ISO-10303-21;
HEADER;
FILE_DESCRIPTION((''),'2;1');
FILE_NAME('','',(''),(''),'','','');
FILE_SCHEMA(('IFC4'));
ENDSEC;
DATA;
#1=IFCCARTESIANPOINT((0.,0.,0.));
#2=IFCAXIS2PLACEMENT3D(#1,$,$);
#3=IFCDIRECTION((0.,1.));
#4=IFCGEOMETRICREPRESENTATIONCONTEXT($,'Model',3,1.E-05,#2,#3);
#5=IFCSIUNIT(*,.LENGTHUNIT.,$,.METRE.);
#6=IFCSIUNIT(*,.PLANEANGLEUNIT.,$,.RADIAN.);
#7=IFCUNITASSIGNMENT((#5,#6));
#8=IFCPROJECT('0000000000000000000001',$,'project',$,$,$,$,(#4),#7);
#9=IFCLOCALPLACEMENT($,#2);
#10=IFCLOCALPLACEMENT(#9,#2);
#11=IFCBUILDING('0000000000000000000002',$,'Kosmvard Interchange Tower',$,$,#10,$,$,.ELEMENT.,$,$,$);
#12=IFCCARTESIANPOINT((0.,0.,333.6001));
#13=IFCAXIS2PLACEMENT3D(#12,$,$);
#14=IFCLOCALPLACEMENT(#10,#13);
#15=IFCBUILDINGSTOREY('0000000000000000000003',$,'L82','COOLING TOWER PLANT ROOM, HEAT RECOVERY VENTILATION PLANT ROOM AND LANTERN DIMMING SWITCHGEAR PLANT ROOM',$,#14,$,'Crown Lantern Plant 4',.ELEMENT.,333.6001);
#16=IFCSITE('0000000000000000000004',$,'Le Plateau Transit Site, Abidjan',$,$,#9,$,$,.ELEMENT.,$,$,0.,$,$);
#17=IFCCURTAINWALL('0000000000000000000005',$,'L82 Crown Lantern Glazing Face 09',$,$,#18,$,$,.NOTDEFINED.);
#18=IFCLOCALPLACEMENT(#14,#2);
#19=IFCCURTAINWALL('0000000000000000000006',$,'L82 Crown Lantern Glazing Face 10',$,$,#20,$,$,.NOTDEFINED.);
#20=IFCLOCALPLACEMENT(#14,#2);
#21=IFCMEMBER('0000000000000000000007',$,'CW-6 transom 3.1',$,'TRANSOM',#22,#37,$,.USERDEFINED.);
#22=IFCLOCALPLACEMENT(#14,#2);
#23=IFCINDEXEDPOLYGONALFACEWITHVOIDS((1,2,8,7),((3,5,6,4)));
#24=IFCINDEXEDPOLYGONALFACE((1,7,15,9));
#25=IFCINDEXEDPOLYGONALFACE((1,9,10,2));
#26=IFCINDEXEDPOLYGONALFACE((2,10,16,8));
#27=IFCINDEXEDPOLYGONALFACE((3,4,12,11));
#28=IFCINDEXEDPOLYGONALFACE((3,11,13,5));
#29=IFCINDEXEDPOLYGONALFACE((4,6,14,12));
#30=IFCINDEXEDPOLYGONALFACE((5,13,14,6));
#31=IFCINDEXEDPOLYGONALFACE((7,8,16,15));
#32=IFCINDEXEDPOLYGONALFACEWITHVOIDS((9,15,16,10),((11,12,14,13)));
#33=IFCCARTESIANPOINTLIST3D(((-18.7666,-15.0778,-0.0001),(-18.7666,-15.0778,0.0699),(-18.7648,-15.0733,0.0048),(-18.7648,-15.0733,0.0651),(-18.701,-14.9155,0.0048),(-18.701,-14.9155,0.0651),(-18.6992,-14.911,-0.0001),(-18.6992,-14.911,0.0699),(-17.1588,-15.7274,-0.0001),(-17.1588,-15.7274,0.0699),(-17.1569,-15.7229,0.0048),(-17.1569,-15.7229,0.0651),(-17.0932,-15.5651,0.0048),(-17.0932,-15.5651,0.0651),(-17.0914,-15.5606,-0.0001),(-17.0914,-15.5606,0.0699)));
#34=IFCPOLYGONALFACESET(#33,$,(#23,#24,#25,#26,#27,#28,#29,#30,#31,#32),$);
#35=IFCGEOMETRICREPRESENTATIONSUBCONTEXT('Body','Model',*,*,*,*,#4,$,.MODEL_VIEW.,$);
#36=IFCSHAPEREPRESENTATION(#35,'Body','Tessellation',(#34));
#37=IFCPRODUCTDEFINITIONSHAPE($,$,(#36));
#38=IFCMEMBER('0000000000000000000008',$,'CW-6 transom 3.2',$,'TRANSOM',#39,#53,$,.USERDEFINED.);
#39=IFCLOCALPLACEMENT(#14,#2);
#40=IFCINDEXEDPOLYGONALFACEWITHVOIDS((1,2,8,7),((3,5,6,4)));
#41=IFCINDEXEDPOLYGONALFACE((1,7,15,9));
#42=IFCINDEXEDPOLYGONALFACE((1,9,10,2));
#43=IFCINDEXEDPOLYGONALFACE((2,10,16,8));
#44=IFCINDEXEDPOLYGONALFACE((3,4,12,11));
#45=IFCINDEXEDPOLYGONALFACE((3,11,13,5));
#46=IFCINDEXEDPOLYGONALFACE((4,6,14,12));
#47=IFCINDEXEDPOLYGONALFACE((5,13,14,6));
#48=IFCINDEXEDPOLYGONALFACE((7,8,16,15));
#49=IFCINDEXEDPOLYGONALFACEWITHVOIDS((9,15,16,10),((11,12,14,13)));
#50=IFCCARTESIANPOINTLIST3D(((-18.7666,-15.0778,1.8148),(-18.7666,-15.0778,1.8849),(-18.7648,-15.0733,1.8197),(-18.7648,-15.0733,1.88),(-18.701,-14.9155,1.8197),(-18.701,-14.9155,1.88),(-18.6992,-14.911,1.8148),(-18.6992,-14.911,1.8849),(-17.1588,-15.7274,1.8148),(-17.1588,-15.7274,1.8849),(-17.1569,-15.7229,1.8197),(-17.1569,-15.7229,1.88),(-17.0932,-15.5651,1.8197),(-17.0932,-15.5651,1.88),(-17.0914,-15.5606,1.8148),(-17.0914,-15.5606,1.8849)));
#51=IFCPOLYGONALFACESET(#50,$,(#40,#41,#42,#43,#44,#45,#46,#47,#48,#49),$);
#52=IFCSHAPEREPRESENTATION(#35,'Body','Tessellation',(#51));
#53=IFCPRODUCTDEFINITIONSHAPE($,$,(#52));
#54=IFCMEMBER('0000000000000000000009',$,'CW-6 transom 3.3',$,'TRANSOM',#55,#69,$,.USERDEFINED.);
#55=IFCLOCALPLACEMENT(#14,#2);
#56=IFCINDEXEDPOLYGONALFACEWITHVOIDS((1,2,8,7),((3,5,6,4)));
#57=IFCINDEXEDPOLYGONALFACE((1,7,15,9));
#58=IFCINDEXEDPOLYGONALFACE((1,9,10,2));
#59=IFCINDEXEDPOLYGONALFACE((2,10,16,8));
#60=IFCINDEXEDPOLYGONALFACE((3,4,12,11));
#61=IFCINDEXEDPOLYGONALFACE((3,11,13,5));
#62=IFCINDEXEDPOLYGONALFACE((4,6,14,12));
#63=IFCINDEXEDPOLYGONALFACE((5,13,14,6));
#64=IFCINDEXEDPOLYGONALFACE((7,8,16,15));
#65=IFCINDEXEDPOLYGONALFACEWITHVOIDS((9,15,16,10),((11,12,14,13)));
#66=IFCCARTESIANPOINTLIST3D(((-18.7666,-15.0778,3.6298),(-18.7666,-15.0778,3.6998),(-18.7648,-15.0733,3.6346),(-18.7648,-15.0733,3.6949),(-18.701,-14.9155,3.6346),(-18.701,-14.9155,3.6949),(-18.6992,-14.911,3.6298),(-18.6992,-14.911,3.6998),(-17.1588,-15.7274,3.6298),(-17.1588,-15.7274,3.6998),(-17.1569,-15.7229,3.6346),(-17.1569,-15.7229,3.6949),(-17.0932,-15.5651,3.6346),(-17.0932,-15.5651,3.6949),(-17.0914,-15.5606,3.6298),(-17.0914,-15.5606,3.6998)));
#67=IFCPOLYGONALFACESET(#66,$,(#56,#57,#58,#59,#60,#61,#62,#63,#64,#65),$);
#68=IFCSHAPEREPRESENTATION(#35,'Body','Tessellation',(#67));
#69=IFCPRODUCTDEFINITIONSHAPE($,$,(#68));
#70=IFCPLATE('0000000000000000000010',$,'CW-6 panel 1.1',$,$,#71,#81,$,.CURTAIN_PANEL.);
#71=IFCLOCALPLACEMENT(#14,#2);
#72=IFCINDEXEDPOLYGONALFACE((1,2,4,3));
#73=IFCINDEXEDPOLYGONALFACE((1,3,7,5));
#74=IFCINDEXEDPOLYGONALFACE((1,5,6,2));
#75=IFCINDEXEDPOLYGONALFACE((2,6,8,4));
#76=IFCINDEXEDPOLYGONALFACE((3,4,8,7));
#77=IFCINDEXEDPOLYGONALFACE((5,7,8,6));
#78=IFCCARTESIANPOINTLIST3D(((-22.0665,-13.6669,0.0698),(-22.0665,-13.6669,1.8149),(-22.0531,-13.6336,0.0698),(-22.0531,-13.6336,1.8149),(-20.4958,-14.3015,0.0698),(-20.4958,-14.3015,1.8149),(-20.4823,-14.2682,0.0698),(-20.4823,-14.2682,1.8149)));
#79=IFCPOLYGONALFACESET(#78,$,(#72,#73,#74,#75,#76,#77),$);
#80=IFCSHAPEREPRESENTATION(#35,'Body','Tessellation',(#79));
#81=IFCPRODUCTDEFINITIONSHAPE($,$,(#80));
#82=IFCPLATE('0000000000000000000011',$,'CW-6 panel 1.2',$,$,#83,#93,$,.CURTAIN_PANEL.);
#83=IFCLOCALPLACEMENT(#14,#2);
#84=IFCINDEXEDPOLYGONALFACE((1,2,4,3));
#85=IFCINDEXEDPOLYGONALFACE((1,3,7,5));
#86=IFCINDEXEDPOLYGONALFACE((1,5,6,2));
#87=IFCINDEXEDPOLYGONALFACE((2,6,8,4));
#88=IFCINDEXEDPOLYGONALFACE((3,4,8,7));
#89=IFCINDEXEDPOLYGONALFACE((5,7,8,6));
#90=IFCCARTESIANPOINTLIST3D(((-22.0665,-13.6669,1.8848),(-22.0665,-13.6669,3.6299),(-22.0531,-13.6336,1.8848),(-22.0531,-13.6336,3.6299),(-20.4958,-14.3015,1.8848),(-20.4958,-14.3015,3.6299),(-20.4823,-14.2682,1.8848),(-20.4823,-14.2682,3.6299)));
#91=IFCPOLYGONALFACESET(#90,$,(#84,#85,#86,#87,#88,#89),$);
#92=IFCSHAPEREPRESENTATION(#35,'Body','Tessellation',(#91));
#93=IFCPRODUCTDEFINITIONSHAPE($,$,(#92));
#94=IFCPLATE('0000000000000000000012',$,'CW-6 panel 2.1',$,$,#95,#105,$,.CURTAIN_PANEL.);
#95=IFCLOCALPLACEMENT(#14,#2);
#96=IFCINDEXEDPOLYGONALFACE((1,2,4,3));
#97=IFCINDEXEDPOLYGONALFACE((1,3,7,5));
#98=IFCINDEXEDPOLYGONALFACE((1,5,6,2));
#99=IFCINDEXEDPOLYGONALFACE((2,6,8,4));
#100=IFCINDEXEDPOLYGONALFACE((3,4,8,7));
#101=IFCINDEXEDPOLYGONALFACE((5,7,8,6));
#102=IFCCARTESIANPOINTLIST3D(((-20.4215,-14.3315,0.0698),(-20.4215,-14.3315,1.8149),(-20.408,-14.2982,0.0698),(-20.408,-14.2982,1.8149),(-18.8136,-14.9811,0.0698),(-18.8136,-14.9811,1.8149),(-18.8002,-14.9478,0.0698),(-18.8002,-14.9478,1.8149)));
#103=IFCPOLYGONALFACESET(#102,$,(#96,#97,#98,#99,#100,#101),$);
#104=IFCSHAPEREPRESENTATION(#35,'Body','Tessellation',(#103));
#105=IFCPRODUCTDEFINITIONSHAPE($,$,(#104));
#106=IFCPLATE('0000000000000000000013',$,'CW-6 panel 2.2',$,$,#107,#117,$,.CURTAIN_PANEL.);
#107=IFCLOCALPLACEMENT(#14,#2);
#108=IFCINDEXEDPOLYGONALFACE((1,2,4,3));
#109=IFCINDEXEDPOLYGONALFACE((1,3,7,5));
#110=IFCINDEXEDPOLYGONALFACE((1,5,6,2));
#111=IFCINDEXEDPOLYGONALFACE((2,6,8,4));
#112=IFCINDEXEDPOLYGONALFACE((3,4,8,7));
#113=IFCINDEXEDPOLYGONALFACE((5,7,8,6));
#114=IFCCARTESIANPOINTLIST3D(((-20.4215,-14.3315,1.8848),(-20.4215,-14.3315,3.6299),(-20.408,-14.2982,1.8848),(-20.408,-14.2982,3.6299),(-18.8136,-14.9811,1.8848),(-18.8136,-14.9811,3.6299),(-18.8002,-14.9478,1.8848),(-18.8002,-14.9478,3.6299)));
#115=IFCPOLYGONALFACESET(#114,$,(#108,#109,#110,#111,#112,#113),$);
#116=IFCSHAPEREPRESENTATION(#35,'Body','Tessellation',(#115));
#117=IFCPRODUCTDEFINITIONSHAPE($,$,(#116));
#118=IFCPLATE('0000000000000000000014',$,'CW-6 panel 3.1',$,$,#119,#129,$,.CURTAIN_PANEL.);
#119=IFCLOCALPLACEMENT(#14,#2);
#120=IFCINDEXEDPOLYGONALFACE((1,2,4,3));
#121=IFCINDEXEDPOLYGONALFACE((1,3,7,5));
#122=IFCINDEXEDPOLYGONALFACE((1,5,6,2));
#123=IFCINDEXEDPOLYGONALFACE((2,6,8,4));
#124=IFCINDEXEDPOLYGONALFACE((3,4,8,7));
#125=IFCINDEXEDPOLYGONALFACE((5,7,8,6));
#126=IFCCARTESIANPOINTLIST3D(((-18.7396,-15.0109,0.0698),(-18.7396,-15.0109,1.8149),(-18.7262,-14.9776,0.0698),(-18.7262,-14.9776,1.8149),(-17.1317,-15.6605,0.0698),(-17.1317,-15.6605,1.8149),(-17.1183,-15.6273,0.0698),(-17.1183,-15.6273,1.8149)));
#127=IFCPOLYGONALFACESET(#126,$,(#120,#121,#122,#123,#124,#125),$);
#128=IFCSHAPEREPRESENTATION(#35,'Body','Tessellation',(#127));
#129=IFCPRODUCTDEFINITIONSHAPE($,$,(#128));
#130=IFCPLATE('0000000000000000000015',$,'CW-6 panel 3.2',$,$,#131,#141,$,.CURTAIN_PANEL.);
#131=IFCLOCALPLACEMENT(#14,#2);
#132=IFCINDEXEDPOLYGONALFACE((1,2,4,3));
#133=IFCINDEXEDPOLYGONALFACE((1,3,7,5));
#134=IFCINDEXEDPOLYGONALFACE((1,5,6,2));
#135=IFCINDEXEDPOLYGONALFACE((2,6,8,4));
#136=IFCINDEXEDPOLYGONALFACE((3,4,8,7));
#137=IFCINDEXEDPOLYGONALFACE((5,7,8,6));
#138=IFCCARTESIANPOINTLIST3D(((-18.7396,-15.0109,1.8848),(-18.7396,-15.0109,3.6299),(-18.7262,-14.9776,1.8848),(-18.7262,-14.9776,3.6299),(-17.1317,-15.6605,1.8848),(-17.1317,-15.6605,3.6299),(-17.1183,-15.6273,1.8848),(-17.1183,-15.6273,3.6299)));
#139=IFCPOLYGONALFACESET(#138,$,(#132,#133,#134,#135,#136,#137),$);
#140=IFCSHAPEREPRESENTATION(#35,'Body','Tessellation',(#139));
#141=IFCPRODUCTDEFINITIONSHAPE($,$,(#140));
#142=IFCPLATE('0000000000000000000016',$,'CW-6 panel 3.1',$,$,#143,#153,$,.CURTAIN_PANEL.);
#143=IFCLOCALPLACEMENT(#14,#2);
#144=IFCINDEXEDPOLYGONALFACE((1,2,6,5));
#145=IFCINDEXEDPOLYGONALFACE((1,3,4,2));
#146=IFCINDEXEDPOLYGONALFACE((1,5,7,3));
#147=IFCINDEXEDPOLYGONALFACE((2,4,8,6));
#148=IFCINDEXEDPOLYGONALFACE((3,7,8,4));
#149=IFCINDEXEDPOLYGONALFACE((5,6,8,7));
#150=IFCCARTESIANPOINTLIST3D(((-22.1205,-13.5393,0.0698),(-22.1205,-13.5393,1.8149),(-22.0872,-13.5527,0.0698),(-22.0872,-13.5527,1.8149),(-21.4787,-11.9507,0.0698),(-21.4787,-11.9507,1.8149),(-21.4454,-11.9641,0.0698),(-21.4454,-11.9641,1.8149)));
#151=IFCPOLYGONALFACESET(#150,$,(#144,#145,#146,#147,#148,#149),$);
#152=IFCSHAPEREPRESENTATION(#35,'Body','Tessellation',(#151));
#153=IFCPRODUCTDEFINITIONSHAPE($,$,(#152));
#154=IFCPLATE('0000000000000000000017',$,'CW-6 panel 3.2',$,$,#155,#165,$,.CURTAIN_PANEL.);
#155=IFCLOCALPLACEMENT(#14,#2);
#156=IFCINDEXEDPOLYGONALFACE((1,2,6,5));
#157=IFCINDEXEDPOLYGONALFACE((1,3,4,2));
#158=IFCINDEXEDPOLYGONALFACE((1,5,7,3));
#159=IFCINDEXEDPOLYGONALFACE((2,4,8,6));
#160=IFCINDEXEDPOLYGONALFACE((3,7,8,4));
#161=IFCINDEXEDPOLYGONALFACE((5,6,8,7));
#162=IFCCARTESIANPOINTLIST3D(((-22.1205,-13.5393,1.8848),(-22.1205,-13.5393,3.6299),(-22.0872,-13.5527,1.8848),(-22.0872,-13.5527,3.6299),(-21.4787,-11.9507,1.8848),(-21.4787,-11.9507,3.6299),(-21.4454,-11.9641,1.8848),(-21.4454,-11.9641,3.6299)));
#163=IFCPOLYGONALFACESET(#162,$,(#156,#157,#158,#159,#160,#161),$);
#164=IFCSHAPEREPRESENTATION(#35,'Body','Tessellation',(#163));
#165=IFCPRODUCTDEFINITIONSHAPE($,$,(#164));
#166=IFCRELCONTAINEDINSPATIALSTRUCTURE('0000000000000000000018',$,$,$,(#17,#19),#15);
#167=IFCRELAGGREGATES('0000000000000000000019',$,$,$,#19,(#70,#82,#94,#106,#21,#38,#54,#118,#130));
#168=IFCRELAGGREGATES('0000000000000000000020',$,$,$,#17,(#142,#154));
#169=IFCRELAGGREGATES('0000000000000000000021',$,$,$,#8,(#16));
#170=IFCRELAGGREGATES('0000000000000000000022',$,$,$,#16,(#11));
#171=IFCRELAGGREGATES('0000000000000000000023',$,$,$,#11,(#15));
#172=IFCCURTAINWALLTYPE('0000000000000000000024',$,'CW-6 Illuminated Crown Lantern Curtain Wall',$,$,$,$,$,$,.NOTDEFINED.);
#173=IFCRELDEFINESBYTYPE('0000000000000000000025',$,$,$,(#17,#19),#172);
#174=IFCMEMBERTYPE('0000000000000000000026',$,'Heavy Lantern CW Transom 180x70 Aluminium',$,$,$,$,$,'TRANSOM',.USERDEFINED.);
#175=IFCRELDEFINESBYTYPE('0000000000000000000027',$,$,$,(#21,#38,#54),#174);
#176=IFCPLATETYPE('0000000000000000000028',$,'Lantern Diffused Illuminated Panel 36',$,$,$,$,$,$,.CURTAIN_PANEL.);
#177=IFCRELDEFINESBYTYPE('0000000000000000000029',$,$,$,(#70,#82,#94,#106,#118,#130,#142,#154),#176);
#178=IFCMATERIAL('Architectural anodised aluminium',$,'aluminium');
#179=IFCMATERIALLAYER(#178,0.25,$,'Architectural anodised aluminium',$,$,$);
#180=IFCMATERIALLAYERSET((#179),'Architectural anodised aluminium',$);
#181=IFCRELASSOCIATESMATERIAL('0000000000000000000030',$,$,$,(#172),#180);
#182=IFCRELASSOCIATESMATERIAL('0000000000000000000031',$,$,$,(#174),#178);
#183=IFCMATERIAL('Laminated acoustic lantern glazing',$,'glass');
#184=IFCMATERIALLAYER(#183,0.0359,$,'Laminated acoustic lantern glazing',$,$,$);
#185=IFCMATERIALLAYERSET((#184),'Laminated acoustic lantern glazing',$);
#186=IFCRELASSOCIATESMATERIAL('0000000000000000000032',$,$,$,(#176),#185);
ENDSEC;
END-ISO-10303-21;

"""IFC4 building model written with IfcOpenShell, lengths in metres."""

from ifc_helpers import new_model, si_unit, direction, frame, origin, origin_2d, place, context, subcontext, project, spatial, rectangle, hollow_rectangle, extrude, source, transform, mapped, material, layer, layer_set, material_profile, profile_set, type_object, element, aggregate, save


model = new_model("IFC4")

# Units and contexts
model_context = context("Model", 3, precision=1e-05, world=origin(), true_north=direction((0.0, 1.0)))
body_context = subcontext(model_context, "Body", "Model", "MODEL_VIEW")
ifc_project = project(units=[si_unit("LENGTHUNIT", "METRE"), si_unit("PLANEANGLEUNIT", "RADIAN")], contexts=[model_context])

# Site, building, storey
site_placement = place(None, origin())
site = spatial("IfcSite", under=ifc_project, at=site_placement, Name="Le Plateau Transit Site, Abidjan", CompositionType="ELEMENT", RefElevation=0.0)
building_placement = place(site_placement, origin())
building = spatial("IfcBuilding", under=site, at=building_placement, Name="Kosmvard Interchange Tower", CompositionType="ELEMENT")
storey_placement = place(building_placement, frame((0.0, 0.0, 333.6001)))
storey = spatial("IfcBuildingStorey", under=building, at=storey_placement, Name="L82", Description="COOLING TOWER PLANT ROOM, HEAT RECOVERY VENTILATION PLANT ROOM AND LANTERN DIMMING SWITCHGEAR PLANT ROOM", LongName="Crown Lantern Plant 4", CompositionType="ELEMENT", Elevation=333.6001)

# Curtain wall
ifc_material_1 = material(Name="Architectural anodised aluminium", Category="aluminium")
ifc_layer_1 = layer(ifc_material_1, 0.25, Name="Architectural anodised aluminium")
ifc_layer_set_1 = layer_set([ifc_layer_1], Name="Architectural anodised aluminium")
curtain_wall_type = type_object("IfcCurtainWallType", Name="CW-6 Illuminated Crown Lantern Curtain Wall", PredefinedType="NOTDEFINED", material=ifc_layer_set_1)
curtain_wall_1_placement = place(storey_placement, origin())
curtain_wall_1 = element("IfcCurtainWall", 1, at=curtain_wall_1_placement, inside=storey, type_object=curtain_wall_type, Name="L82 Crown Lantern Glazing Face 09", PredefinedType="NOTDEFINED")

# Curtain wall, members, plates
curtain_wall_2_placement = place(storey_placement, origin())
curtain_wall_2 = element("IfcCurtainWall", 2, at=curtain_wall_2_placement, inside=storey, type_object=curtain_wall_type, Name="L82 Crown Lantern Glazing Face 10", PredefinedType="NOTDEFINED")
ifc_material_profile_1 = material_profile(ifc_material_1, hollow_rectangle(XDim=0.1799, YDim=0.0701, WallThickness=0.0049, at=origin_2d()), Name="CWT 180x70x5")
ifc_profile_set_1 = profile_set([ifc_material_profile_1], Name="Architectural anodised aluminium")
member_type_1 = type_object("IfcMemberType", Name="Heavy Lantern CW Transom 180x70 Aluminium", ElementType="TRANSOM", PredefinedType="USERDEFINED", material=ifc_profile_set_1)
shared_shape_1 = source(origin(), body_context, "Body", "SweptSolid", [
    extrude(hollow_rectangle(XDim=0.1799, YDim=0.0701, WallThickness=0.0049, at=origin_2d()), origin(), (0.0, 0.0, 1.0), 1.7341),
])
member_1_placement = place(storey_placement, frame((-18.7329, -14.9944, 0.0349), z_axis=(0.92718, -0.374617, 0.0), x_axis=(0.374617, 0.92718, 0.0)))
member_1 = element("IfcMember", 3, at=member_1_placement, type_object=member_type_1, Name="CW-6 transom 3.1", ObjectType="TRANSOM", PredefinedType="USERDEFINED", context=body_context, shape_type="MappedRepresentation", body=[
    mapped(shared_shape_1, transform((0.0, 0.0, 0.0), scale=1.0)),
])
member_2_placement = place(storey_placement, frame((-18.7329, -14.9944, 1.8499), z_axis=(0.92718, -0.374617, 0.0), x_axis=(0.374617, 0.92718, 0.0)))
member_2 = element("IfcMember", 4, at=member_2_placement, type_object=member_type_1, Name="CW-6 transom 3.2", ObjectType="TRANSOM", PredefinedType="USERDEFINED", context=body_context, shape_type="MappedRepresentation", body=[
    mapped(shared_shape_1, transform((0.0, 0.0, 0.0), scale=1.0)),
])
member_3_placement = place(storey_placement, frame((-18.7329, -14.9944, 3.6648), z_axis=(0.92718, -0.374617, 0.0), x_axis=(0.374617, 0.92718, 0.0)))
member_3 = element("IfcMember", 5, at=member_3_placement, type_object=member_type_1, Name="CW-6 transom 3.3", ObjectType="TRANSOM", PredefinedType="USERDEFINED", context=body_context, shape_type="MappedRepresentation", body=[
    mapped(shared_shape_1, transform((0.0, 0.0, 0.0), scale=1.0)),
])
ifc_material_2 = material(Name="Laminated acoustic lantern glazing", Category="glass")
ifc_layer_2 = layer(ifc_material_2, 0.0359, Name="Laminated acoustic lantern glazing")
ifc_layer_set_2 = layer_set([ifc_layer_2], Name="Laminated acoustic lantern glazing")
plate_type = type_object("IfcPlateType", Name="Lantern Diffused Illuminated Panel 36", PredefinedType="CURTAIN_PANEL", material=ifc_layer_set_2)
shared_shape_2 = source(origin(), body_context, "Body", "SweptSolid", [
    extrude(rectangle(XDim=1.6941, YDim=0.0359, at=origin_2d()), origin(), (0.0, 0.0, 1.0), 1.7451),
])
plate_1_placement = place(storey_placement, frame((-21.2744, -13.9675, 0.0698), z_axis=(0.0, 0.0, 1.0), x_axis=(0.927184, -0.374607, 0.0)))
plate_1 = element("IfcPlate", 6, at=plate_1_placement, type_object=plate_type, Name="CW-6 panel 1.1", PredefinedType="CURTAIN_PANEL", context=body_context, shape_type="MappedRepresentation", body=[
    mapped(shared_shape_2, transform((0.0, 0.0, 0.0), scale=1.0)),
])
plate_2_placement = place(storey_placement, frame((-21.2744, -13.9675, 1.8848), z_axis=(0.0, 0.0, 1.0), x_axis=(0.927184, -0.374607, 0.0)))
plate_2 = element("IfcPlate", 7, at=plate_2_placement, type_object=plate_type, Name="CW-6 panel 1.2", PredefinedType="CURTAIN_PANEL", context=body_context, shape_type="MappedRepresentation", body=[
    mapped(shared_shape_2, transform((0.0, 0.0, 0.0), scale=1.0)),
])
shared_shape_3 = source(origin(), body_context, "Body", "SweptSolid", [
    extrude(rectangle(XDim=1.7341, YDim=0.0359, at=origin_2d()), origin(), (0.0, 0.0, 1.0), 1.7451),
])
plate_3_placement = place(storey_placement, frame((-19.6108, -14.6396, 0.0698), z_axis=(0.0, 0.0, 1.0), x_axis=(0.927184, -0.374607, 0.0)))
plate_3 = element("IfcPlate", 8, at=plate_3_placement, type_object=plate_type, Name="CW-6 panel 2.1", PredefinedType="CURTAIN_PANEL", context=body_context, shape_type="MappedRepresentation", body=[
    mapped(shared_shape_3, transform((0.0, 0.0, 0.0), scale=1.0)),
])
plate_4_placement = place(storey_placement, frame((-19.6108, -14.6396, 1.8848), z_axis=(0.0, 0.0, 1.0), x_axis=(0.927184, -0.374607, 0.0)))
plate_4 = element("IfcPlate", 9, at=plate_4_placement, type_object=plate_type, Name="CW-6 panel 2.2", PredefinedType="CURTAIN_PANEL", context=body_context, shape_type="MappedRepresentation", body=[
    mapped(shared_shape_3, transform((0.0, 0.0, 0.0), scale=1.0)),
])
plate_5_placement = place(storey_placement, frame((-17.929, -15.3191, 0.0698), z_axis=(0.0, 0.0, 1.0), x_axis=(0.927184, -0.374607, 0.0)))
plate_5 = element("IfcPlate", 10, at=plate_5_placement, type_object=plate_type, Name="CW-6 panel 3.1", PredefinedType="CURTAIN_PANEL", context=body_context, shape_type="MappedRepresentation", body=[
    mapped(shared_shape_3, transform((0.0, 0.0, 0.0), scale=1.0)),
])
plate_6_placement = place(storey_placement, frame((-17.929, -15.3191, 1.8848), z_axis=(0.0, 0.0, 1.0), x_axis=(0.927184, -0.374607, 0.0)))
plate_6 = element("IfcPlate", 11, at=plate_6_placement, type_object=plate_type, Name="CW-6 panel 3.2", PredefinedType="CURTAIN_PANEL", context=body_context, shape_type="MappedRepresentation", body=[
    mapped(shared_shape_3, transform((0.0, 0.0, 0.0), scale=1.0)),
])
aggregate(curtain_wall_2, [plate_1, plate_2, plate_3, plate_4, member_1, member_2, member_3, plate_5, plate_6])

# Plates
shared_shape_4 = source(origin(), body_context, "Body", "SweptSolid", [
    extrude(rectangle(XDim=1.7134, YDim=0.0359, at=origin_2d()), origin(), (0.0, 0.0, 1.0), 1.7451),
])
plate_7_placement = place(storey_placement, frame((-21.783, -12.7517, 0.0698), z_axis=(0.0, 0.0, 1.0), x_axis=(-0.374607, -0.927184, 0.0)))
plate_7 = element("IfcPlate", 12, at=plate_7_placement, type_object=plate_type, Name="CW-6 panel 3.1", PredefinedType="CURTAIN_PANEL", context=body_context, shape_type="MappedRepresentation", body=[
    mapped(shared_shape_4, transform((0.0, 0.0, 0.0), scale=1.0)),
])
plate_8_placement = place(storey_placement, frame((-21.783, -12.7517, 1.8848), z_axis=(0.0, 0.0, 1.0), x_axis=(-0.374607, -0.927184, 0.0)))
plate_8 = element("IfcPlate", 13, at=plate_8_placement, type_object=plate_type, Name="CW-6 panel 3.2", PredefinedType="CURTAIN_PANEL", context=body_context, shape_type="MappedRepresentation", body=[
    mapped(shared_shape_4, transform((0.0, 0.0, 0.0), scale=1.0)),
])
aggregate(curtain_wall_1, [plate_7, plate_8])

save(model, "model.ifc")
